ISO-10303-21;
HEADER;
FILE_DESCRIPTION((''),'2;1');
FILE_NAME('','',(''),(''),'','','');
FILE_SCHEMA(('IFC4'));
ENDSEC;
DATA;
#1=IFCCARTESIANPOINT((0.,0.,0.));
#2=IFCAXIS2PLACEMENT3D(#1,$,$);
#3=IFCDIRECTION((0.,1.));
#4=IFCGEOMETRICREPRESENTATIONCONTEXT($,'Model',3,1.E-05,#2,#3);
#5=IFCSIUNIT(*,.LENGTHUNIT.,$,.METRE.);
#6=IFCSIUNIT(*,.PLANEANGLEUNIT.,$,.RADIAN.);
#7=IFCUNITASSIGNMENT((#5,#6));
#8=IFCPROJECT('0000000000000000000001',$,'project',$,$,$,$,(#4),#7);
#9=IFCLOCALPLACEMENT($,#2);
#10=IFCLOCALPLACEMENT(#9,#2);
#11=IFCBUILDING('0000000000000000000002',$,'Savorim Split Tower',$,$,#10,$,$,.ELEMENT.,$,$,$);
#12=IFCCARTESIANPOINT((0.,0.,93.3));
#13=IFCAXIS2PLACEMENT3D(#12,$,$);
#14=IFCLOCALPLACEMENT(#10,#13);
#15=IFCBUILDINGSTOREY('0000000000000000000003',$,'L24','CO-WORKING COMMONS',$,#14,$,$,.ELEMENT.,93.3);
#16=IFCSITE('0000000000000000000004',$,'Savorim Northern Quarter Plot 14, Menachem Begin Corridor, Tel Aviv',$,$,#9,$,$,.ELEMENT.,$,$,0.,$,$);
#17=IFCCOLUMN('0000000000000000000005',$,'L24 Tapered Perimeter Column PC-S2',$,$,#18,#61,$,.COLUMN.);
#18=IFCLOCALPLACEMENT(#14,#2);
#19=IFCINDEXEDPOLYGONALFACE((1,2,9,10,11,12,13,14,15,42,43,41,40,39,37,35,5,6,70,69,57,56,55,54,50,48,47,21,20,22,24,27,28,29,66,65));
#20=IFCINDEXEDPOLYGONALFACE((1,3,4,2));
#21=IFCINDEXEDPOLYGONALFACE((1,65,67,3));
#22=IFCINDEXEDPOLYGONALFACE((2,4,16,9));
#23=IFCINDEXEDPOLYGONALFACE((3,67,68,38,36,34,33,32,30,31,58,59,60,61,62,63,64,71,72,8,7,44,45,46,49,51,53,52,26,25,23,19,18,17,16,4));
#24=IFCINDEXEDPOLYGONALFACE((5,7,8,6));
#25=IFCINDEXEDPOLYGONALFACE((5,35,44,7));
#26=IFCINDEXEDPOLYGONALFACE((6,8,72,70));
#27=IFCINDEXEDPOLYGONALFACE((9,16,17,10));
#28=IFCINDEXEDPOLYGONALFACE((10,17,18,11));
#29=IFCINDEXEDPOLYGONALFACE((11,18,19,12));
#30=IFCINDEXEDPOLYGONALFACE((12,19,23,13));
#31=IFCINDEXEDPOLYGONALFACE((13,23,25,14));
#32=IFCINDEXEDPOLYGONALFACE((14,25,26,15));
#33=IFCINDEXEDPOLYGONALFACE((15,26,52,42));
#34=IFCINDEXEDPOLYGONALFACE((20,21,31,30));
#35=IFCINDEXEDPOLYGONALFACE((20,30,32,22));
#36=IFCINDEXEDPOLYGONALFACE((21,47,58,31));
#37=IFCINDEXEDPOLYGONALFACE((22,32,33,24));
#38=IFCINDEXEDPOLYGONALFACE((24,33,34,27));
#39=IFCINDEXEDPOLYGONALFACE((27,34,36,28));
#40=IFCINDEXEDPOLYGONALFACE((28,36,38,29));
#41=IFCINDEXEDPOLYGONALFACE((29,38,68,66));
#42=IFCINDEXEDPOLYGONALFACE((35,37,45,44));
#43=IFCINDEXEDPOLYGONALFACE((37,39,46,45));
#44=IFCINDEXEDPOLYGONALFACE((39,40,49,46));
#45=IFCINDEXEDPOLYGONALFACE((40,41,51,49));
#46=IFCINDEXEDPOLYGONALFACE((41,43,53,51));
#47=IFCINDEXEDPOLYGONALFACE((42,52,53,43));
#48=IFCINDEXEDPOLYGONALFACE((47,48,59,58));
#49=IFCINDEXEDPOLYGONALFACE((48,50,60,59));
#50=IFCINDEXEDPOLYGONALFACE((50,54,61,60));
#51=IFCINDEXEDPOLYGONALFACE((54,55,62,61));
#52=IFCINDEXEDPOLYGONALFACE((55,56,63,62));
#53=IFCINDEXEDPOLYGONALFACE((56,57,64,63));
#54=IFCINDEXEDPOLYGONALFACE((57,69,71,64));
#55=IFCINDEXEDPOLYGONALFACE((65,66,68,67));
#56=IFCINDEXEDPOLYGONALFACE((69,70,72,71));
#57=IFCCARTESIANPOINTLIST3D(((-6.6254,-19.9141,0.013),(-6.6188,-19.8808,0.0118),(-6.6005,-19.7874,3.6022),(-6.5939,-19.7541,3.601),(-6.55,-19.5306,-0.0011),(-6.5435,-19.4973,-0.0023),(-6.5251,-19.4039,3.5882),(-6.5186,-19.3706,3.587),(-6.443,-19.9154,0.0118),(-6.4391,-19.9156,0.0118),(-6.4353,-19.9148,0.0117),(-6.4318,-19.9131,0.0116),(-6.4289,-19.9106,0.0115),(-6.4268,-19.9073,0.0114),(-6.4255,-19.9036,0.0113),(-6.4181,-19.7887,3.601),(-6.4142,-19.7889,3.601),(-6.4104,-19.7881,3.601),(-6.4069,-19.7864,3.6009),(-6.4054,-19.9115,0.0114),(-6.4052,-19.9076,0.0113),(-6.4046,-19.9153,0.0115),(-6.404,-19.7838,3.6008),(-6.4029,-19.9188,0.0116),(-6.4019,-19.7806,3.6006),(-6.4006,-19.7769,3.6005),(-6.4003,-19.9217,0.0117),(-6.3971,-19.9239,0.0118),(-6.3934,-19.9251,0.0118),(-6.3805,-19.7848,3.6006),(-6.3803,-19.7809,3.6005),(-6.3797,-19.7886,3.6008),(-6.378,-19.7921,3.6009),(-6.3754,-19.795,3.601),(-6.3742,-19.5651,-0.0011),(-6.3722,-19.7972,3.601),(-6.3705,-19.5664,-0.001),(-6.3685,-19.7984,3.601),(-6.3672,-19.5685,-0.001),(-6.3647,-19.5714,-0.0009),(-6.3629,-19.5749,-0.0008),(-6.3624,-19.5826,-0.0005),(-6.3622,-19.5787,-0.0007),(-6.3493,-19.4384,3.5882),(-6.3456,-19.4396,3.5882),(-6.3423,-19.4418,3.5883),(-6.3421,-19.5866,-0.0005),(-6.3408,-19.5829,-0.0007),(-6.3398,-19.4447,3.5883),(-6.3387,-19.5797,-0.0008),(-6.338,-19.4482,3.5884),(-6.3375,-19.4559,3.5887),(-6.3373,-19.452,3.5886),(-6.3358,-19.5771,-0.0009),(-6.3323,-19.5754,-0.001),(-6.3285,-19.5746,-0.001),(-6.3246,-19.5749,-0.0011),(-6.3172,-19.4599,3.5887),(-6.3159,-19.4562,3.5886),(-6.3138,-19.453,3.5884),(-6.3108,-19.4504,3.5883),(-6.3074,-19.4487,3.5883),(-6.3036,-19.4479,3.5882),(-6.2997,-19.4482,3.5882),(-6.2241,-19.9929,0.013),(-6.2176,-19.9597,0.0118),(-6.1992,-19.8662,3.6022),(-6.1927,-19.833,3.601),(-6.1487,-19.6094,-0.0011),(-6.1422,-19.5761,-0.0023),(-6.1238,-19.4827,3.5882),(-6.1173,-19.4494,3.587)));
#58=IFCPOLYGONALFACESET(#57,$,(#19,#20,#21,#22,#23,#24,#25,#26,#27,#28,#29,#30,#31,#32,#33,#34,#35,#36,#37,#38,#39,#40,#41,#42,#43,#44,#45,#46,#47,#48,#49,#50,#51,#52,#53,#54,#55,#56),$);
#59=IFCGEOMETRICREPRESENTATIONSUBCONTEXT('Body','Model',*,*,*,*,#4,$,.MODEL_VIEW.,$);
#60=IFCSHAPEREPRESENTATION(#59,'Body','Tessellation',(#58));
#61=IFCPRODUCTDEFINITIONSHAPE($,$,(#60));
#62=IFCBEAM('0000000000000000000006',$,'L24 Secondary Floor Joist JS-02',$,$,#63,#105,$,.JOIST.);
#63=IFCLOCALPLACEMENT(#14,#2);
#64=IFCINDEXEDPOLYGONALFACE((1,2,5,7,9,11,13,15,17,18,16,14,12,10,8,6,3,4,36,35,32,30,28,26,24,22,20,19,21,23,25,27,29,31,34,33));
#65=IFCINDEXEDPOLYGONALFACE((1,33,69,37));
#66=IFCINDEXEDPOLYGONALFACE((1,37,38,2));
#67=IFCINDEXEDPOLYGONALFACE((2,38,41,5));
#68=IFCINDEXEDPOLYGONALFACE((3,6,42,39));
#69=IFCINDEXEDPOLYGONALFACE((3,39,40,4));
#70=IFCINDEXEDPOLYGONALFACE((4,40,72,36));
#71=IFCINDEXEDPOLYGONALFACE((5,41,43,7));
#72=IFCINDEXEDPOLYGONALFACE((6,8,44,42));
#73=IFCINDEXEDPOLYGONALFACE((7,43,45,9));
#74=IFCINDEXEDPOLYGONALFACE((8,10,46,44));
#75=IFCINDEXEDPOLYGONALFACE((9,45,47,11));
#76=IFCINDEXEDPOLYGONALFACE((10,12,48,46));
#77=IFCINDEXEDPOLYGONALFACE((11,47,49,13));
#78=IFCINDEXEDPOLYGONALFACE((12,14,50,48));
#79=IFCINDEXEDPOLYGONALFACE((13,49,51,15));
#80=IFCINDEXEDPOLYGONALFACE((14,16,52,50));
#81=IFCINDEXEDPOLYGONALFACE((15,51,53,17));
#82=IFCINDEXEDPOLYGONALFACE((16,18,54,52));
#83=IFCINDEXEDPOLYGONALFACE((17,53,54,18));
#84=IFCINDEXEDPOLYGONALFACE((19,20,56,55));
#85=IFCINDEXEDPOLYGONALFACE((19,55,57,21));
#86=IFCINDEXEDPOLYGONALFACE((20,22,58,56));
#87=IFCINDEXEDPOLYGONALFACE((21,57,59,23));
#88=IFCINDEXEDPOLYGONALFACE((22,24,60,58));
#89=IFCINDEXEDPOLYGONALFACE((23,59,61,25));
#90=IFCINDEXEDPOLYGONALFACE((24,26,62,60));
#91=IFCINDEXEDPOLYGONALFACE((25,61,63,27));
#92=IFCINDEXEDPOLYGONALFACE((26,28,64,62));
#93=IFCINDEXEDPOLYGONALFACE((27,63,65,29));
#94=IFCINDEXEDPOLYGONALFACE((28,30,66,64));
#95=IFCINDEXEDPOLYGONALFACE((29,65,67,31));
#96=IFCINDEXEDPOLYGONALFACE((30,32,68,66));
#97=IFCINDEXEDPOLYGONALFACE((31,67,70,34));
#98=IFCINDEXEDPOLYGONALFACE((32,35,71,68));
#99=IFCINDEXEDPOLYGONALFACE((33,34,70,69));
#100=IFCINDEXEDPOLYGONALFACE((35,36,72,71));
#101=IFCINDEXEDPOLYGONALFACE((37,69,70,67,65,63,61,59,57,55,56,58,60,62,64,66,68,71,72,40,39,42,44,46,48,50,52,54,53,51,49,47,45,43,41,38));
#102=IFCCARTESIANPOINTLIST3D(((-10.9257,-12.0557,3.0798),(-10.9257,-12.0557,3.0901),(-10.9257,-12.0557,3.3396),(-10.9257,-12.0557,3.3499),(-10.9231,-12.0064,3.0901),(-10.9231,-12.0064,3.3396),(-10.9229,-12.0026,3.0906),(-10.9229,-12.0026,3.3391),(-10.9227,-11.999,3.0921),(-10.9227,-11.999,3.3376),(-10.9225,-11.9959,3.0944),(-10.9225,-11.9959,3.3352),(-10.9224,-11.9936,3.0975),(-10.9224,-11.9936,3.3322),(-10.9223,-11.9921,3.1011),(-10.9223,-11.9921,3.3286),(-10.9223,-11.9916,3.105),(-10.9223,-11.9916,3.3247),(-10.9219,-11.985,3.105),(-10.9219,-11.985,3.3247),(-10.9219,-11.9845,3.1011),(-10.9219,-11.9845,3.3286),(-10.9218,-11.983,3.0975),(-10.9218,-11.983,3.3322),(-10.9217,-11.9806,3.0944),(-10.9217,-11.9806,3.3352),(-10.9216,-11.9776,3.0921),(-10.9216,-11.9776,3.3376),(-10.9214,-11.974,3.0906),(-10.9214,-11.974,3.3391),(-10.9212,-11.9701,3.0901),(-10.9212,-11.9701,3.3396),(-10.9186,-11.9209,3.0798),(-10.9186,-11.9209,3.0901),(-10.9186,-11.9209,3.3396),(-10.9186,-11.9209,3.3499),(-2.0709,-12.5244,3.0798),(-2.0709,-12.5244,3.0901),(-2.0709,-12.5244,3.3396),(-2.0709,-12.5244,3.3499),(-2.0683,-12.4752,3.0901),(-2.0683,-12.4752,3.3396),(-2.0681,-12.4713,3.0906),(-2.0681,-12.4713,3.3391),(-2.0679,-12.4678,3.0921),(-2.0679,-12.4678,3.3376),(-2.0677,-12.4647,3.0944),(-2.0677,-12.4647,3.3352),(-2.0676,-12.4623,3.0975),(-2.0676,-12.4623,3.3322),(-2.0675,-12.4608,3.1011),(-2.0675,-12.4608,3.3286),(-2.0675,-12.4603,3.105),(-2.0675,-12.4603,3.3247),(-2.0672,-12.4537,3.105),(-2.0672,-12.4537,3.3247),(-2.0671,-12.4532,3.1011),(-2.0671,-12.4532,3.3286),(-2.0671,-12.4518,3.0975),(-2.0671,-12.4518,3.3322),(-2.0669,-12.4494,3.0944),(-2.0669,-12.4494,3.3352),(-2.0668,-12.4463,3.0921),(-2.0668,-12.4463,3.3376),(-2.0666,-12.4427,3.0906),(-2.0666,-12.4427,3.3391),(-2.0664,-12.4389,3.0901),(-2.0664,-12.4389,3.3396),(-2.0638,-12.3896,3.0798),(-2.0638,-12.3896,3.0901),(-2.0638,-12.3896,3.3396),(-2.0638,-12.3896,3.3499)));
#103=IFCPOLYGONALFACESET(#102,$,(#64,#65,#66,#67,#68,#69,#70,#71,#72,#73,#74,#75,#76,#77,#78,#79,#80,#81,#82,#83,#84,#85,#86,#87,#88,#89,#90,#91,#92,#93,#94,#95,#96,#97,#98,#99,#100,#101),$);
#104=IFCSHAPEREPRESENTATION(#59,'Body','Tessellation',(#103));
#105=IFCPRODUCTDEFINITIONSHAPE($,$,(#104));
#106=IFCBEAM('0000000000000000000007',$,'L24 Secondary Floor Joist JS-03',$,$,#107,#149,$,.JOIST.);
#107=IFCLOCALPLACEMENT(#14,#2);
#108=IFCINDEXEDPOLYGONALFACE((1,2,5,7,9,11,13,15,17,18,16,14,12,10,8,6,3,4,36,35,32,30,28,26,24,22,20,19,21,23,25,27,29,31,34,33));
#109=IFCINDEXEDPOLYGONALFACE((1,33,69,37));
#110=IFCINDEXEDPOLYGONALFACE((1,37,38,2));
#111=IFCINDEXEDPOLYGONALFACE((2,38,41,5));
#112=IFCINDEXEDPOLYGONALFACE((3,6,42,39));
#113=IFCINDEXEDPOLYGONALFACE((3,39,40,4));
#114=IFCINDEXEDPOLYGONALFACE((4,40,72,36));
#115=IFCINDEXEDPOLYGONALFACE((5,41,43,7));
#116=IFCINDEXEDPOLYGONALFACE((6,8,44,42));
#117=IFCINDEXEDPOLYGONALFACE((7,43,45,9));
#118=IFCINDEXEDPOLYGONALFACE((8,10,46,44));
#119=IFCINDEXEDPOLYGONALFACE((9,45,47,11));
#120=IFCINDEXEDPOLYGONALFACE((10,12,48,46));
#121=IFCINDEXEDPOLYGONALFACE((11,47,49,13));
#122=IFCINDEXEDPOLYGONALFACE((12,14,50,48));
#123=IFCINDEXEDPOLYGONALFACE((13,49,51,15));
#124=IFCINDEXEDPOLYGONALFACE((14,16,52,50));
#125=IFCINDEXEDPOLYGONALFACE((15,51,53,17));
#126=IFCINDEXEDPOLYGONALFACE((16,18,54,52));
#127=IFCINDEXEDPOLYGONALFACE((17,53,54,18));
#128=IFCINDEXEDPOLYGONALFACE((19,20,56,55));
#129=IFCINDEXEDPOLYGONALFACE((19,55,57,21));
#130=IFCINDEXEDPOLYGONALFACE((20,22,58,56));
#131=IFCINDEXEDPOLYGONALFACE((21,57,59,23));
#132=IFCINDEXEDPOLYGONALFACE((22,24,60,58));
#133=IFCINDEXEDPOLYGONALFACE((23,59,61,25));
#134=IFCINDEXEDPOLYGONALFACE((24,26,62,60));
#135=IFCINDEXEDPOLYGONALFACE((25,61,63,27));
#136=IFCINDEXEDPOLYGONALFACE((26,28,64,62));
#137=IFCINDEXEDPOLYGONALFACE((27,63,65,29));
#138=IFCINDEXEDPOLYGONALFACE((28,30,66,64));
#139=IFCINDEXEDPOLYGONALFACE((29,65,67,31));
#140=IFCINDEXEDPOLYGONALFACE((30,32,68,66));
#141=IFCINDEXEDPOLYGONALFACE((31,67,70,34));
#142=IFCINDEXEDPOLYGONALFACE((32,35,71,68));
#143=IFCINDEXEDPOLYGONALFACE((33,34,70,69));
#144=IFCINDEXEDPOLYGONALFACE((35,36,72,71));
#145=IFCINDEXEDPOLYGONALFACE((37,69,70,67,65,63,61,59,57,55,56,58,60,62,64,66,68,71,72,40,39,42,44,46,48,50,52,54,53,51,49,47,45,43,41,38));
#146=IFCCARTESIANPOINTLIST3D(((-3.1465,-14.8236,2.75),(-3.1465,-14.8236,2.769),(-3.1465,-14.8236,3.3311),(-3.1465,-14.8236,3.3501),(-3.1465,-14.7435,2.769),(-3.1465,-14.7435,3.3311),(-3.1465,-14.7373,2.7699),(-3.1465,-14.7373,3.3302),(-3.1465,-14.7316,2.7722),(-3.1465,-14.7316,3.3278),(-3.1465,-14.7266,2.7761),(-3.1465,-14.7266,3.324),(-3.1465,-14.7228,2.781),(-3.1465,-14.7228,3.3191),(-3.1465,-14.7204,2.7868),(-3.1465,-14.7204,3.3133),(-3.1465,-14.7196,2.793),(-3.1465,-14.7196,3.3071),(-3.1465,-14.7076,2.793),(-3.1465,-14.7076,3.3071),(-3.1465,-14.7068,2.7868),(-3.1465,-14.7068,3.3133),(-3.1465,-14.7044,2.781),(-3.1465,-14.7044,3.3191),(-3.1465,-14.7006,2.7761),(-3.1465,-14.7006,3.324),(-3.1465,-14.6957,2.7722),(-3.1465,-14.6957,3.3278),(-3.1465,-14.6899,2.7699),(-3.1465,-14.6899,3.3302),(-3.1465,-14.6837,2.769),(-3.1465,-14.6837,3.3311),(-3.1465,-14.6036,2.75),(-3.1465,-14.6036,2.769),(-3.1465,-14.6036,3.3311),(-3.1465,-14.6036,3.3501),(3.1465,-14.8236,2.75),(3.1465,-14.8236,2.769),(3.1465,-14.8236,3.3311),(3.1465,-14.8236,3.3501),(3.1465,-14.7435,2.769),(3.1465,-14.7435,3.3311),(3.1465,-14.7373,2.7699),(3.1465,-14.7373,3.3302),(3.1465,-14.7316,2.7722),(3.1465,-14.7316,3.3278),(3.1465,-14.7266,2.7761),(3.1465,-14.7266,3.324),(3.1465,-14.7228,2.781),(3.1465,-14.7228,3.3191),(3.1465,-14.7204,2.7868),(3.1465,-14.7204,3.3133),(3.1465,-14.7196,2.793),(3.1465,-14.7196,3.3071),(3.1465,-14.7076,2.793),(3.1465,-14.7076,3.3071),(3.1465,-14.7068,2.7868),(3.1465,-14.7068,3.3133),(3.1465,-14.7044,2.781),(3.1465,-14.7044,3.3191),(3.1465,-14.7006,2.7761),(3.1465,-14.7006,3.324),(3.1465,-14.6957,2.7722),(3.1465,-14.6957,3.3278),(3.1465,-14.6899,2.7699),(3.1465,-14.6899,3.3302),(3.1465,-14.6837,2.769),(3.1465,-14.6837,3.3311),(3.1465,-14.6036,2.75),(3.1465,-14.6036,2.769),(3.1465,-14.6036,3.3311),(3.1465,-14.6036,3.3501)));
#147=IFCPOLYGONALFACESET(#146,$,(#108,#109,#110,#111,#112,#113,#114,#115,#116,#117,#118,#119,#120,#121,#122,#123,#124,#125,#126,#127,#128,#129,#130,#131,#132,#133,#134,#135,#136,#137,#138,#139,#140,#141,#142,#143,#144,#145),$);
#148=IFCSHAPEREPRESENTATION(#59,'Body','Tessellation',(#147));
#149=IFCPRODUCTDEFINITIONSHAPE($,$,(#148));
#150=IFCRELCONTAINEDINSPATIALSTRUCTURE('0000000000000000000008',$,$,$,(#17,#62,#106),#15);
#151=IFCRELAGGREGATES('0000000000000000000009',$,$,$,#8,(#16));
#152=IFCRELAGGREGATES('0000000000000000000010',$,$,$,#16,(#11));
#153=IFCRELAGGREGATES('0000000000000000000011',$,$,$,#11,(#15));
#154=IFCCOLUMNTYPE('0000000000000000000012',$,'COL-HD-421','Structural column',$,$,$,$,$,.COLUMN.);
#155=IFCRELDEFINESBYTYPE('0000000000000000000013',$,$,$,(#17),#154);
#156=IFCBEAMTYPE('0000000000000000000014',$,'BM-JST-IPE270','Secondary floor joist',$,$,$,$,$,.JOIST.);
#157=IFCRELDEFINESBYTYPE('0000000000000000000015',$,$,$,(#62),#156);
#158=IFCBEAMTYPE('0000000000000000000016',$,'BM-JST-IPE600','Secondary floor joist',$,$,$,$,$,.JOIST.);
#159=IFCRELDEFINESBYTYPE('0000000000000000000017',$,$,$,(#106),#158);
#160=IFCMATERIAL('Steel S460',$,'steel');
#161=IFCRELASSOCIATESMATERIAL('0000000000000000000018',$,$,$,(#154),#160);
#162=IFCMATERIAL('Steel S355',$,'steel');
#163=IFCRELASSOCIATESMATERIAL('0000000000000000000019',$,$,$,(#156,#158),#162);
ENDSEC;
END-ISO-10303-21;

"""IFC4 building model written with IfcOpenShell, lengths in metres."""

from ifc_helpers import new_model, si_unit, direction, frame, origin, origin_2d, place, context, subcontext, project, spatial, i_section, extrude, material, material_profile, profile_set, type_object, element, save


model = new_model("IFC4")

# Units and contexts
model_context = context("Model", 3, precision=1e-05, world=origin(), true_north=direction((0.0, 1.0)))
body_context = subcontext(model_context, "Body", "Model", "MODEL_VIEW")
ifc_project = project(units=[si_unit("LENGTHUNIT", "METRE"), si_unit("PLANEANGLEUNIT", "RADIAN")], contexts=[model_context])

# Site, building, storey
site_placement = place(None, origin())
site = spatial("IfcSite", under=ifc_project, at=site_placement, Name="Savorim Northern Quarter Plot 14, Menachem Begin Corridor, Tel Aviv", CompositionType="ELEMENT", RefElevation=0.0)
building_placement = place(site_placement, origin())
building = spatial("IfcBuilding", under=site, at=building_placement, Name="Savorim Split Tower", CompositionType="ELEMENT")
storey_placement = place(building_placement, frame((0.0, 0.0, 93.3)))
storey = spatial("IfcBuildingStorey", under=building, at=storey_placement, Name="L24", Description="CO-WORKING COMMONS", CompositionType="ELEMENT", Elevation=93.3)

# Column
ifc_material_1 = material(Name="Steel S460", Category="steel")
ifc_material_profile_1 = material_profile(ifc_material_1, i_section(OverallWidth=0.4089, OverallDepth=0.425, WebThickness=0.0208, FlangeThickness=0.0339, FilletRadius=0.0149, at=origin_2d()), Name="HD 400x421")
ifc_profile_set_1 = profile_set([ifc_material_profile_1], Name="Steel S460")
column_type = type_object("IfcColumnType", Name="COL-HD-421", Description="Structural column", PredefinedType="COLUMN", material=ifc_profile_set_1)
column_placement = place(storey_placement, frame((-6.3838, -19.7451, 0.0054), z_axis=(0.006934, 0.035281, 0.999353), x_axis=(-0.98123, 0.192843, 0.0)))
element("IfcColumn", 1, at=column_placement, inside=storey, type_object=column_type, Name="L24 Tapered Perimeter Column PC-S2", PredefinedType="COLUMN", context=body_context, shape_type="SweptSolid", body=[
    extrude(i_section(OverallWidth=0.4089, OverallDepth=0.425, WebThickness=0.0208, FlangeThickness=0.0339, FilletRadius=0.0149, at=origin_2d()), origin(), (0.0, 0.0, 1.0), 3.5916),
])

# Beams
ifc_material_2 = material(Name="Steel S355", Category="steel")
ifc_material_profile_2 = material_profile(ifc_material_2, i_section(OverallWidth=0.135, OverallDepth=0.27, WebThickness=0.0066, FlangeThickness=0.0103, FilletRadius=0.0149, at=origin_2d()), Name="IPE 270")
ifc_profile_set_2 = profile_set([ifc_material_profile_2], Name="Steel S355")
beam_type_1 = type_object("IfcBeamType", Name="BM-JST-IPE270", Description="Secondary floor joist", PredefinedType="JOIST", material=ifc_profile_set_2)
beam_1_placement = place(storey_placement, frame((-10.9221, -11.9883, 3.2148), z_axis=(0.998602, -0.052864, 0.0), x_axis=(0.052864, 0.998602, 0.0)))
element("IfcBeam", 2, at=beam_1_placement, inside=storey, type_object=beam_type_1, Name="L24 Secondary Floor Joist JS-02", PredefinedType="JOIST", context=body_context, shape_type="SweptSolid", body=[
    extrude(i_section(OverallWidth=0.135, OverallDepth=0.27, WebThickness=0.0066, FlangeThickness=0.0103, FilletRadius=0.0149, at=origin_2d()), origin(), (0.0, 0.0, 1.0), 8.8672),
])
ifc_material_profile_3 = material_profile(ifc_material_2, i_section(OverallWidth=0.22, OverallDepth=0.6001, WebThickness=0.012, FlangeThickness=0.019, FilletRadius=0.0239, at=origin_2d()), Name="IPE 600")
ifc_profile_set_3 = profile_set([ifc_material_profile_3], Name="Steel S355")
beam_type_2 = type_object("IfcBeamType", Name="BM-JST-IPE600", Description="Secondary floor joist", PredefinedType="JOIST", material=ifc_profile_set_3)
beam_2_placement = place(storey_placement, frame((-3.1465, -14.7136, 3.05), z_axis=(1.0, 0.0, 0.0), x_axis=(0.0, 1.0, 0.0)))
element("IfcBeam", 3, at=beam_2_placement, inside=storey, type_object=beam_type_2, Name="L24 Secondary Floor Joist JS-03", PredefinedType="JOIST", context=body_context, shape_type="SweptSolid", body=[
    extrude(i_section(OverallWidth=0.22, OverallDepth=0.6001, WebThickness=0.012, FlangeThickness=0.019, FilletRadius=0.0239, at=origin_2d()), origin(), (0.0, 0.0, 1.0), 6.293),
])

save(model, "model.ifc")
